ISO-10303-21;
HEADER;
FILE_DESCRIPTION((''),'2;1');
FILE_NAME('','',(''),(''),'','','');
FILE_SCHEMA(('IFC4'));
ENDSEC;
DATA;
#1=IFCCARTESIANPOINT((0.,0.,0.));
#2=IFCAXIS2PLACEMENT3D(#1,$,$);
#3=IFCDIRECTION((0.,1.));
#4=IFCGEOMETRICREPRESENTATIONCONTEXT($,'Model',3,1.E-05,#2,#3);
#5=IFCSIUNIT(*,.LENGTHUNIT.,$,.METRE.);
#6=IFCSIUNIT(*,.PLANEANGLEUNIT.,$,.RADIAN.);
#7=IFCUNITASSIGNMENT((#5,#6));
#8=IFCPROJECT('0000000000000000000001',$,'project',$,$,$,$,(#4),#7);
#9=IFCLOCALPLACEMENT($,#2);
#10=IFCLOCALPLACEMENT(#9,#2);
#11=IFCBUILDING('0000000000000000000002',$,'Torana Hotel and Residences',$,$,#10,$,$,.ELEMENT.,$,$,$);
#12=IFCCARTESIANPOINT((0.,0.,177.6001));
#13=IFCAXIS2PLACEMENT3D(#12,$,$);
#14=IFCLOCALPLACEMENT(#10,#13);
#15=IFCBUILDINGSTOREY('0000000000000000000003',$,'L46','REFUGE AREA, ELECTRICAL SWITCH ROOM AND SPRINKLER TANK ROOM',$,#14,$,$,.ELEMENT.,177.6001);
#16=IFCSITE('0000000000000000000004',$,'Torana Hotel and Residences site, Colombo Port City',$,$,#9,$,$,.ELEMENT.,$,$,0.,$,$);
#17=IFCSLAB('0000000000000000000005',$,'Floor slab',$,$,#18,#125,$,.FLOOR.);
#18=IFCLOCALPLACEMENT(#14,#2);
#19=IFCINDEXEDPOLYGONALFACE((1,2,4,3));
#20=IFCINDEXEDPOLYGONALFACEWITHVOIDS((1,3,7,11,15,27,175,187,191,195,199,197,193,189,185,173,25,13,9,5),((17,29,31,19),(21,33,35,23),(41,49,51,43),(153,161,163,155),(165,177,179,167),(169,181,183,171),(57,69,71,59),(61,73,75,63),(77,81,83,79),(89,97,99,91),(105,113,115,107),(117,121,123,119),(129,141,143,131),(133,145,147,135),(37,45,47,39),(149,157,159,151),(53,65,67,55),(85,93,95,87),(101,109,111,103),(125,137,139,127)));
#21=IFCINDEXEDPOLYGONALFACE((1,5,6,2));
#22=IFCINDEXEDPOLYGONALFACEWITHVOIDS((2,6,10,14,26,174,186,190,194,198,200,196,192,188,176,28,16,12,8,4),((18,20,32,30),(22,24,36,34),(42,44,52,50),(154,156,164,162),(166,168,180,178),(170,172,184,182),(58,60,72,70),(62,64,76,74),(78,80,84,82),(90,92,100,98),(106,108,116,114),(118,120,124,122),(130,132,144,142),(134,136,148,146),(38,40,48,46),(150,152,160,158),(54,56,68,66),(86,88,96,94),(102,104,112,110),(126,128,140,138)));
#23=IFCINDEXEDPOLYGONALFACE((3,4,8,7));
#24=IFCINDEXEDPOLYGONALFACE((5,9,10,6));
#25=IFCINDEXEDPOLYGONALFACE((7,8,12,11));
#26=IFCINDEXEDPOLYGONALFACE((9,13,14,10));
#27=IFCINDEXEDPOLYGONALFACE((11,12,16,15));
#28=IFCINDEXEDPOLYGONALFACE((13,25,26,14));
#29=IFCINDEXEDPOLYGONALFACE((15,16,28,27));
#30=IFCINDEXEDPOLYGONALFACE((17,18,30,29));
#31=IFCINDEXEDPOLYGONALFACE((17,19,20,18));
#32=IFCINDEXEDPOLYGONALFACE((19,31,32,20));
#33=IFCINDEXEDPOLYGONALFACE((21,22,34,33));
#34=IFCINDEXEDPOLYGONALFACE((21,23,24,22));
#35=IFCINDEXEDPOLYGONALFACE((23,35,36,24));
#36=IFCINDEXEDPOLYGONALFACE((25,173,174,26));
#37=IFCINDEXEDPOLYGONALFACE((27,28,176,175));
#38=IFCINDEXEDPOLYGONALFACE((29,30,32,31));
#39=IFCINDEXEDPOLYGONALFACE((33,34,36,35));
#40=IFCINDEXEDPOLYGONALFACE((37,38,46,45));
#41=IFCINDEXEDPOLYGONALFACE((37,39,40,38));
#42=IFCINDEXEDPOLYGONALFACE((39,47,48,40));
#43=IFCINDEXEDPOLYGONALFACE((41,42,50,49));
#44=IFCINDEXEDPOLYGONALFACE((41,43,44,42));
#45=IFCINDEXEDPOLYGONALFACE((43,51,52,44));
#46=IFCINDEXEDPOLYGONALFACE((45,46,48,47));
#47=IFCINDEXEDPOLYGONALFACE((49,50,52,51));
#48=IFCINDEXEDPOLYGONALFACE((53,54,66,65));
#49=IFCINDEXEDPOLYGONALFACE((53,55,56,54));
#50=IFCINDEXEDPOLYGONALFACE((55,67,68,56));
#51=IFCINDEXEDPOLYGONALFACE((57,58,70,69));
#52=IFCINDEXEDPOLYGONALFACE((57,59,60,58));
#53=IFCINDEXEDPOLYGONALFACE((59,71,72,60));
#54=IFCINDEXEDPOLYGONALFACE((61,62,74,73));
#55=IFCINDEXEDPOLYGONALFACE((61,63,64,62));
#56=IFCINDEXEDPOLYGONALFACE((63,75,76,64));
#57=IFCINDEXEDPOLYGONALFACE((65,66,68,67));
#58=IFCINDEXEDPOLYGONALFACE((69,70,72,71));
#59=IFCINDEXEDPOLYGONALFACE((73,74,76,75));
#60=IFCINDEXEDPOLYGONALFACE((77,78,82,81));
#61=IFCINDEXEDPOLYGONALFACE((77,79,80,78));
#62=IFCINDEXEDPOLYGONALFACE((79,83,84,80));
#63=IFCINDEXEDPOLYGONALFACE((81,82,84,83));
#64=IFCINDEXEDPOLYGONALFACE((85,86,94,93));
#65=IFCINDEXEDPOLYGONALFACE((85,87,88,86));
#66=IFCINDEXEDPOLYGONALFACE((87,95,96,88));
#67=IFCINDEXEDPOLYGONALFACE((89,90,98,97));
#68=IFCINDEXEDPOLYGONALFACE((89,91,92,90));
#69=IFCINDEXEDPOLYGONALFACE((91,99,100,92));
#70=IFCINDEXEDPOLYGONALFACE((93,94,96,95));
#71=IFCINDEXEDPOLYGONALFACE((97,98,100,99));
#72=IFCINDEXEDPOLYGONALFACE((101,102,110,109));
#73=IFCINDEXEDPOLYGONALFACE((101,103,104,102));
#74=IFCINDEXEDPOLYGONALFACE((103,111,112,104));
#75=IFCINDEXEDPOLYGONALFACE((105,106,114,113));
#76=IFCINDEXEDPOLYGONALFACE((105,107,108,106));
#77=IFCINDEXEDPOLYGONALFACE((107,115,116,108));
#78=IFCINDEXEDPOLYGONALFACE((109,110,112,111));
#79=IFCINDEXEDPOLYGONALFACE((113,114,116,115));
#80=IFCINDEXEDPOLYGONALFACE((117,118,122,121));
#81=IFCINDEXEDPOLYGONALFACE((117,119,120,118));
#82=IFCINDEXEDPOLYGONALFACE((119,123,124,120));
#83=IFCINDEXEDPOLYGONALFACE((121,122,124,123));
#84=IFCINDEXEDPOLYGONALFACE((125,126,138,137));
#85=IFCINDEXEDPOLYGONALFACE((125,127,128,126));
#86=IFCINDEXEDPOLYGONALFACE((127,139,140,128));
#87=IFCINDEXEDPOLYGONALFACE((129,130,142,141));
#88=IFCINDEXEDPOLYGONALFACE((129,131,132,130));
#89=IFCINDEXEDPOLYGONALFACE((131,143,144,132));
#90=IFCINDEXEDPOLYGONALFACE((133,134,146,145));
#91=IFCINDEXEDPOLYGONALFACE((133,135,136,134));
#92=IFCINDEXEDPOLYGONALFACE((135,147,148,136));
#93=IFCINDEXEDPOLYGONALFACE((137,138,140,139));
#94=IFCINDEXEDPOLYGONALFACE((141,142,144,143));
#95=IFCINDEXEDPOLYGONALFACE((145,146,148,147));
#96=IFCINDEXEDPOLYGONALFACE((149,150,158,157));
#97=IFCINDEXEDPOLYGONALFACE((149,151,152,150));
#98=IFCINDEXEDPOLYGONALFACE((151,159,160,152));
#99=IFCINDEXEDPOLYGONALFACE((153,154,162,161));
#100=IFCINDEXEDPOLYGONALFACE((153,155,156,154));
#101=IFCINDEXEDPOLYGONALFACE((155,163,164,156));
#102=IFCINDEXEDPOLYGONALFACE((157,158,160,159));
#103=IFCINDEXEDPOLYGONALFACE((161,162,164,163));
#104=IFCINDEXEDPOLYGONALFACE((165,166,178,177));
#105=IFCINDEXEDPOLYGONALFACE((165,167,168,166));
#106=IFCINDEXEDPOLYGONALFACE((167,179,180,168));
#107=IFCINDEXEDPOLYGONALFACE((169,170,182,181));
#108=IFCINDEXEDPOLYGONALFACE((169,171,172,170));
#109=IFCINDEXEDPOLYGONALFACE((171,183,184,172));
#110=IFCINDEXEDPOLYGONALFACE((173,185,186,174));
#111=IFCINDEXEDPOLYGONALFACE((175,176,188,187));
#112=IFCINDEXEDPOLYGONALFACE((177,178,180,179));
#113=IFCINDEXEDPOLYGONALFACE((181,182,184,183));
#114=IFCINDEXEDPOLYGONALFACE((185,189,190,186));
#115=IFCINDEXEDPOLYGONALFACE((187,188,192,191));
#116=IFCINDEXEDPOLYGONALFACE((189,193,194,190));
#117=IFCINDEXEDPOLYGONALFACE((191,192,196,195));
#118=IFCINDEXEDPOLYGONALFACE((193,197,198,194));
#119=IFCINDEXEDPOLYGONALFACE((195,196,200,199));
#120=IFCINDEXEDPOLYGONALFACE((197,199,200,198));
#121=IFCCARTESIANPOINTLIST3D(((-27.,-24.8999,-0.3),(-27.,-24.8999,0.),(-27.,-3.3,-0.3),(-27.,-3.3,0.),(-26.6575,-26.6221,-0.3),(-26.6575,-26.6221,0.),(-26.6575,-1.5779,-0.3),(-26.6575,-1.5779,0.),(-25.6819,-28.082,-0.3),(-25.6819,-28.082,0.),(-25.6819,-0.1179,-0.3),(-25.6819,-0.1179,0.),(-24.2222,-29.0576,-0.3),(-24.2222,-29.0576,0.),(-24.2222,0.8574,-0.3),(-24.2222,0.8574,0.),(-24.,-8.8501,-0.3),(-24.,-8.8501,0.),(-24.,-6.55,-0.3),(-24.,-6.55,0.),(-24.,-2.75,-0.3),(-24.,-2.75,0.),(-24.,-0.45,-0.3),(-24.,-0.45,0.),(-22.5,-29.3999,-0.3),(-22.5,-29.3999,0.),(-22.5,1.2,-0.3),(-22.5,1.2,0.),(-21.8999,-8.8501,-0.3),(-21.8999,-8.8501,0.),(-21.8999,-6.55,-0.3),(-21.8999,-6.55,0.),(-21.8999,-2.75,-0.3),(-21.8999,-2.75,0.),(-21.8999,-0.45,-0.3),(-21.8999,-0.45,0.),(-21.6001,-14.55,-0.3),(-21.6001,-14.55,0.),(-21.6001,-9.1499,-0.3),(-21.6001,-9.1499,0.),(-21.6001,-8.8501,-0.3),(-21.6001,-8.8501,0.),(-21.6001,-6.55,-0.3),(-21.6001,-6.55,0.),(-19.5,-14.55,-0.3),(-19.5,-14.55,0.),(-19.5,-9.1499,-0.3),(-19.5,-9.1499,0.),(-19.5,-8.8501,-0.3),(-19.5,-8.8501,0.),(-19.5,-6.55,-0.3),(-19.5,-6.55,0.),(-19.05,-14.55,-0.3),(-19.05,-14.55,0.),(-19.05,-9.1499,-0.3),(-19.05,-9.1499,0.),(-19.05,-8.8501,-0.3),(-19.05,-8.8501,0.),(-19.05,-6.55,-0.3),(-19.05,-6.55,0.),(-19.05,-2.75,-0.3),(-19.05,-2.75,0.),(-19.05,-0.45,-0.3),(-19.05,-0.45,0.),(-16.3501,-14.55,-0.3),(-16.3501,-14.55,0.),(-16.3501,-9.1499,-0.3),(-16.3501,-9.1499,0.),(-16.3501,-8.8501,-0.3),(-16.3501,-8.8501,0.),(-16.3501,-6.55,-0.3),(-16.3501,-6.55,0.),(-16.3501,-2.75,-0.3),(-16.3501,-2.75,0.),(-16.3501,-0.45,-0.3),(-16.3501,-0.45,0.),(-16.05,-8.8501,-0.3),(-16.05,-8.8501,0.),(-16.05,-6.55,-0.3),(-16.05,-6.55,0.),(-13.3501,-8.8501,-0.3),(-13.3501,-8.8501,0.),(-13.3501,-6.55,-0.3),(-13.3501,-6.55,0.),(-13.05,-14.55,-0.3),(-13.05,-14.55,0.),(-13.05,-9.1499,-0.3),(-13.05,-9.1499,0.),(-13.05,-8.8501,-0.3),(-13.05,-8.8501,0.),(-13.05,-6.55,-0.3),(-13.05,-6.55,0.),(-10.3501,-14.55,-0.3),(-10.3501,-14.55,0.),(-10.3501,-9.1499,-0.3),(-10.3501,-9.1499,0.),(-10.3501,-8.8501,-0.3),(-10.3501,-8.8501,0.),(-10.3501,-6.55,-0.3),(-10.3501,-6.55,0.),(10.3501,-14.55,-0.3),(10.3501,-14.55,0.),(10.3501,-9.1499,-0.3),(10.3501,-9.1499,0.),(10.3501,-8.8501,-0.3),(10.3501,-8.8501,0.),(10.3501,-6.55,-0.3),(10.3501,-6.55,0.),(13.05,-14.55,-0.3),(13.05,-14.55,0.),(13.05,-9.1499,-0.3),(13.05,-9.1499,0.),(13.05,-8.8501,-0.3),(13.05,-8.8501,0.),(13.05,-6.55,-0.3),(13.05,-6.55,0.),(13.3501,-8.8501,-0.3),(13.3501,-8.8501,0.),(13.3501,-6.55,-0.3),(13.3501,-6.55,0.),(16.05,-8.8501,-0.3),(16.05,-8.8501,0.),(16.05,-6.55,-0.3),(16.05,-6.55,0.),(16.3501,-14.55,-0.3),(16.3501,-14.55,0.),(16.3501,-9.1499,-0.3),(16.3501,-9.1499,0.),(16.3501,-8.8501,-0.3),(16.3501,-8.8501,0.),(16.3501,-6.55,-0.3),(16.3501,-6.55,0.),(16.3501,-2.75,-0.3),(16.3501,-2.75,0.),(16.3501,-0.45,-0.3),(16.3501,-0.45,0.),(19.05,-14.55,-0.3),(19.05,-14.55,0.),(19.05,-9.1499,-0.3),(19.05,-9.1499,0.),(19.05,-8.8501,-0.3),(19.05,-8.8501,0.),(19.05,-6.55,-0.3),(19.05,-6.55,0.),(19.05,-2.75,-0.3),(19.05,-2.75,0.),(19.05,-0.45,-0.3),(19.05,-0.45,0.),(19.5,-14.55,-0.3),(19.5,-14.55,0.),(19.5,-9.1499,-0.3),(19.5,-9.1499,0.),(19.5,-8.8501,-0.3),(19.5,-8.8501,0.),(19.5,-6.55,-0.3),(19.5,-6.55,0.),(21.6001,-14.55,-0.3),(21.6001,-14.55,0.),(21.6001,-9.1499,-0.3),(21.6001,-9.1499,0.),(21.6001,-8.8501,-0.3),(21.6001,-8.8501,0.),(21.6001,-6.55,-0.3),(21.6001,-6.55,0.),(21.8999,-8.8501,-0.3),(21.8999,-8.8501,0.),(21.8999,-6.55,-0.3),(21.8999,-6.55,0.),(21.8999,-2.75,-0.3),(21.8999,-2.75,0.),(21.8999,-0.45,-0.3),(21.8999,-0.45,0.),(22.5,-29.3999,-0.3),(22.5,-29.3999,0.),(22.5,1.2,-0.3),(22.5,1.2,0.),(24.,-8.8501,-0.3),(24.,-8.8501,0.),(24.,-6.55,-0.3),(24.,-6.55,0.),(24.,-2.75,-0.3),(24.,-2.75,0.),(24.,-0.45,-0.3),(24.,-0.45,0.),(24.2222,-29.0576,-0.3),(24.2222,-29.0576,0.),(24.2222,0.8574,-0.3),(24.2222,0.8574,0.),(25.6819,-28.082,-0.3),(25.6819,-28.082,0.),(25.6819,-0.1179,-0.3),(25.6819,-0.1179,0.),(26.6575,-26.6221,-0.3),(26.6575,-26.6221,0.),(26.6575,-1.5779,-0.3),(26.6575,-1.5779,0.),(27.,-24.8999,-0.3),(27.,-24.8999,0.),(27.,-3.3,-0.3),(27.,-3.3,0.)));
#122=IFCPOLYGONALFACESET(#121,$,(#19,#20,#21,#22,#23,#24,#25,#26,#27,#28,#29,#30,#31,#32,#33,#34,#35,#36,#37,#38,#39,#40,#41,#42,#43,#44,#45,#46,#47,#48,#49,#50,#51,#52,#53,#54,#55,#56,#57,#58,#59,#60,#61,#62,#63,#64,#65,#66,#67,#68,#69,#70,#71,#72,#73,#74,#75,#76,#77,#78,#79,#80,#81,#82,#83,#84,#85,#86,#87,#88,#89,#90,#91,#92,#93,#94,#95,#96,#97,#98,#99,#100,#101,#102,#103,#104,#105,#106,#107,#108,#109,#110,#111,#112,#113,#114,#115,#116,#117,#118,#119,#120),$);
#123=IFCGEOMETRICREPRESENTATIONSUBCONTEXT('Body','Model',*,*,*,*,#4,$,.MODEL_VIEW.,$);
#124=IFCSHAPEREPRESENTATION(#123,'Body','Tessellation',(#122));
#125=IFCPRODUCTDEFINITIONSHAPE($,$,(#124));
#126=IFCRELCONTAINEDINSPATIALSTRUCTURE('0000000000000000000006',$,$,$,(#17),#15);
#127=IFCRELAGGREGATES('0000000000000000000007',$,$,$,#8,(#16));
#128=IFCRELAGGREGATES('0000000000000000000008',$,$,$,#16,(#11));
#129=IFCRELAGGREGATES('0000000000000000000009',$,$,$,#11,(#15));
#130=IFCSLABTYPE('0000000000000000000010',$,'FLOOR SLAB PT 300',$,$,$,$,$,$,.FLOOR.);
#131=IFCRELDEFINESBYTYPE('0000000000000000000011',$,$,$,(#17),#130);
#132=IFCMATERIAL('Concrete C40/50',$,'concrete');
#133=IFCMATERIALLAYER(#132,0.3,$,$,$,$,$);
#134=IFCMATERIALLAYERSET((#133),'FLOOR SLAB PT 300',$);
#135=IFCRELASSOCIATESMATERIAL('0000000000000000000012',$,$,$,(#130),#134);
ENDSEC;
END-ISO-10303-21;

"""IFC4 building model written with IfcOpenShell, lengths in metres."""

from ifc_helpers import new_model, si_unit, direction, frame, origin, place, context, subcontext, project, spatial, polyline, outline, extrude, material, layer, layer_set, type_object, element, save


model = new_model("IFC4")

# Units and contexts
model_context = context("Model", 3, precision=1e-05, world=origin(), true_north=direction((0.0, 1.0)))
body_context = subcontext(model_context, "Body", "Model", "MODEL_VIEW")
ifc_project = project(units=[si_unit("LENGTHUNIT", "METRE"), si_unit("PLANEANGLEUNIT", "RADIAN")], contexts=[model_context])

# Site, building, storey
site_placement = place(None, origin())
site = spatial("IfcSite", under=ifc_project, at=site_placement, Name="Torana Hotel and Residences site, Colombo Port City", CompositionType="ELEMENT", RefElevation=0.0)
building_placement = place(site_placement, origin())
building = spatial("IfcBuilding", under=site, at=building_placement, Name="Torana Hotel and Residences", CompositionType="ELEMENT")
storey_placement = place(building_placement, frame((0.0, 0.0, 177.6001)))
storey = spatial("IfcBuildingStorey", under=building, at=storey_placement, Name="L46", Description="REFUGE AREA, ELECTRICAL SWITCH ROOM AND SPRINKLER TANK ROOM", CompositionType="ELEMENT", Elevation=177.6001)

# Slab
ifc_material_1 = material(Name="Concrete C40/50", Category="concrete")
ifc_layer_1 = layer(ifc_material_1, 0.3)
ifc_layer_set_1 = layer_set([ifc_layer_1], Name="FLOOR SLAB PT 300")
slab_type = type_object("IfcSlabType", Name="FLOOR SLAB PT 300", PredefinedType="FLOOR", material=ifc_layer_set_1)
slab_placement = place(storey_placement, frame((0.0, 0.0, -0.3)))
element("IfcSlab", 1, at=slab_placement, inside=storey, type_object=slab_type, Name="Floor slab", PredefinedType="FLOOR", context=body_context, shape_type="SweptSolid", body=[
    extrude(outline(polyline([(27.0, -3.3), (26.6575, -1.5779), (25.6819, -0.1179), (24.2222, 0.8574), (22.5, 1.2), (-22.5, 1.2), (-24.2222, 0.8574), (-25.6819, -0.1179), (-26.6575, -1.5779), (-27.0, -3.3), (-27.0, -24.8999), (-26.6575, -26.6221), (-25.6819, -28.082), (-24.2222, -29.0576), (-22.5, -29.3999), (22.5, -29.3999), (24.2222, -29.0576), (25.6819, -28.082), (26.6575, -26.6221), (27.0, -24.8999), (27.0, -3.3)]), holes=[polyline([(-13.05, -14.55), (-10.3501, -14.55), (-10.3501, -9.1499), (-13.05, -9.1499), (-13.05, -14.55)]), polyline([(-19.05, -14.55), (-16.3501, -14.55), (-16.3501, -9.1499), (-19.05, -9.1499), (-19.05, -14.55)]), polyline([(-19.05, -2.75), (-16.3501, -2.75), (-16.3501, -0.45), (-19.05, -0.45), (-19.05, -2.75)]), polyline([(-21.6001, -8.8501), (-19.5, -8.8501), (-19.5, -6.55), (-21.6001, -6.55), (-21.6001, -8.8501)]), polyline([(-24.0, -2.75), (-21.8999, -2.75), (-21.8999, -0.45), (-24.0, -0.45), (-24.0, -2.75)]), polyline([(-24.0, -8.8501), (-21.8999, -8.8501), (-21.8999, -6.55), (-24.0, -6.55), (-24.0, -8.8501)]), polyline([(-13.05, -8.8501), (-10.3501, -8.8501), (-10.3501, -6.55), (-13.05, -6.55), (-13.05, -8.8501)]), polyline([(-16.05, -8.8501), (-13.3501, -8.8501), (-13.3501, -6.55), (-16.05, -6.55), (-16.05, -8.8501)]), polyline([(-19.05, -8.8501), (-16.3501, -8.8501), (-16.3501, -6.55), (-19.05, -6.55), (-19.05, -8.8501)]), polyline([(-21.6001, -14.55), (-19.5, -14.55), (-19.5, -9.1499), (-21.6001, -9.1499), (-21.6001, -14.55)]), polyline([(10.3501, -14.55), (13.05, -14.55), (13.05, -9.1499), (10.3501, -9.1499), (10.3501, -14.55)]), polyline([(16.3501, -14.55), (19.05, -14.55), (19.05, -9.1499), (16.3501, -9.1499), (16.3501, -14.55)]), polyline([(16.3501, -2.75), (19.05, -2.75), (19.05, -0.45), (16.3501, -0.45), (16.3501, -2.75)]), polyline([(19.5, -8.8501), (21.6001, -8.8501), (21.6001, -6.55), (19.5, -6.55), (19.5, -8.8501)]), polyline([(21.8999, -2.75), (24.0, -2.75), (24.0, -0.45), (21.8999, -0.45), (21.8999, -2.75)]), polyline([(21.8999, -8.8501), (24.0, -8.8501), (24.0, -6.55), (21.8999, -6.55), (21.8999, -8.8501)]), polyline([(10.3501, -8.8501), (13.05, -8.8501), (13.05, -6.55), (10.3501, -6.55), (10.3501, -8.8501)]), polyline([(13.3501, -8.8501), (16.05, -8.8501), (16.05, -6.55), (13.3501, -6.55), (13.3501, -8.8501)]), polyline([(16.3501, -8.8501), (19.05, -8.8501), (19.05, -6.55), (16.3501, -6.55), (16.3501, -8.8501)]), polyline([(19.5, -14.55), (21.6001, -14.55), (21.6001, -9.1499), (19.5, -9.1499), (19.5, -14.55)])]), origin(), (0.0, 0.0, 1.0), 0.3),
])

save(model, "model.ifc")
